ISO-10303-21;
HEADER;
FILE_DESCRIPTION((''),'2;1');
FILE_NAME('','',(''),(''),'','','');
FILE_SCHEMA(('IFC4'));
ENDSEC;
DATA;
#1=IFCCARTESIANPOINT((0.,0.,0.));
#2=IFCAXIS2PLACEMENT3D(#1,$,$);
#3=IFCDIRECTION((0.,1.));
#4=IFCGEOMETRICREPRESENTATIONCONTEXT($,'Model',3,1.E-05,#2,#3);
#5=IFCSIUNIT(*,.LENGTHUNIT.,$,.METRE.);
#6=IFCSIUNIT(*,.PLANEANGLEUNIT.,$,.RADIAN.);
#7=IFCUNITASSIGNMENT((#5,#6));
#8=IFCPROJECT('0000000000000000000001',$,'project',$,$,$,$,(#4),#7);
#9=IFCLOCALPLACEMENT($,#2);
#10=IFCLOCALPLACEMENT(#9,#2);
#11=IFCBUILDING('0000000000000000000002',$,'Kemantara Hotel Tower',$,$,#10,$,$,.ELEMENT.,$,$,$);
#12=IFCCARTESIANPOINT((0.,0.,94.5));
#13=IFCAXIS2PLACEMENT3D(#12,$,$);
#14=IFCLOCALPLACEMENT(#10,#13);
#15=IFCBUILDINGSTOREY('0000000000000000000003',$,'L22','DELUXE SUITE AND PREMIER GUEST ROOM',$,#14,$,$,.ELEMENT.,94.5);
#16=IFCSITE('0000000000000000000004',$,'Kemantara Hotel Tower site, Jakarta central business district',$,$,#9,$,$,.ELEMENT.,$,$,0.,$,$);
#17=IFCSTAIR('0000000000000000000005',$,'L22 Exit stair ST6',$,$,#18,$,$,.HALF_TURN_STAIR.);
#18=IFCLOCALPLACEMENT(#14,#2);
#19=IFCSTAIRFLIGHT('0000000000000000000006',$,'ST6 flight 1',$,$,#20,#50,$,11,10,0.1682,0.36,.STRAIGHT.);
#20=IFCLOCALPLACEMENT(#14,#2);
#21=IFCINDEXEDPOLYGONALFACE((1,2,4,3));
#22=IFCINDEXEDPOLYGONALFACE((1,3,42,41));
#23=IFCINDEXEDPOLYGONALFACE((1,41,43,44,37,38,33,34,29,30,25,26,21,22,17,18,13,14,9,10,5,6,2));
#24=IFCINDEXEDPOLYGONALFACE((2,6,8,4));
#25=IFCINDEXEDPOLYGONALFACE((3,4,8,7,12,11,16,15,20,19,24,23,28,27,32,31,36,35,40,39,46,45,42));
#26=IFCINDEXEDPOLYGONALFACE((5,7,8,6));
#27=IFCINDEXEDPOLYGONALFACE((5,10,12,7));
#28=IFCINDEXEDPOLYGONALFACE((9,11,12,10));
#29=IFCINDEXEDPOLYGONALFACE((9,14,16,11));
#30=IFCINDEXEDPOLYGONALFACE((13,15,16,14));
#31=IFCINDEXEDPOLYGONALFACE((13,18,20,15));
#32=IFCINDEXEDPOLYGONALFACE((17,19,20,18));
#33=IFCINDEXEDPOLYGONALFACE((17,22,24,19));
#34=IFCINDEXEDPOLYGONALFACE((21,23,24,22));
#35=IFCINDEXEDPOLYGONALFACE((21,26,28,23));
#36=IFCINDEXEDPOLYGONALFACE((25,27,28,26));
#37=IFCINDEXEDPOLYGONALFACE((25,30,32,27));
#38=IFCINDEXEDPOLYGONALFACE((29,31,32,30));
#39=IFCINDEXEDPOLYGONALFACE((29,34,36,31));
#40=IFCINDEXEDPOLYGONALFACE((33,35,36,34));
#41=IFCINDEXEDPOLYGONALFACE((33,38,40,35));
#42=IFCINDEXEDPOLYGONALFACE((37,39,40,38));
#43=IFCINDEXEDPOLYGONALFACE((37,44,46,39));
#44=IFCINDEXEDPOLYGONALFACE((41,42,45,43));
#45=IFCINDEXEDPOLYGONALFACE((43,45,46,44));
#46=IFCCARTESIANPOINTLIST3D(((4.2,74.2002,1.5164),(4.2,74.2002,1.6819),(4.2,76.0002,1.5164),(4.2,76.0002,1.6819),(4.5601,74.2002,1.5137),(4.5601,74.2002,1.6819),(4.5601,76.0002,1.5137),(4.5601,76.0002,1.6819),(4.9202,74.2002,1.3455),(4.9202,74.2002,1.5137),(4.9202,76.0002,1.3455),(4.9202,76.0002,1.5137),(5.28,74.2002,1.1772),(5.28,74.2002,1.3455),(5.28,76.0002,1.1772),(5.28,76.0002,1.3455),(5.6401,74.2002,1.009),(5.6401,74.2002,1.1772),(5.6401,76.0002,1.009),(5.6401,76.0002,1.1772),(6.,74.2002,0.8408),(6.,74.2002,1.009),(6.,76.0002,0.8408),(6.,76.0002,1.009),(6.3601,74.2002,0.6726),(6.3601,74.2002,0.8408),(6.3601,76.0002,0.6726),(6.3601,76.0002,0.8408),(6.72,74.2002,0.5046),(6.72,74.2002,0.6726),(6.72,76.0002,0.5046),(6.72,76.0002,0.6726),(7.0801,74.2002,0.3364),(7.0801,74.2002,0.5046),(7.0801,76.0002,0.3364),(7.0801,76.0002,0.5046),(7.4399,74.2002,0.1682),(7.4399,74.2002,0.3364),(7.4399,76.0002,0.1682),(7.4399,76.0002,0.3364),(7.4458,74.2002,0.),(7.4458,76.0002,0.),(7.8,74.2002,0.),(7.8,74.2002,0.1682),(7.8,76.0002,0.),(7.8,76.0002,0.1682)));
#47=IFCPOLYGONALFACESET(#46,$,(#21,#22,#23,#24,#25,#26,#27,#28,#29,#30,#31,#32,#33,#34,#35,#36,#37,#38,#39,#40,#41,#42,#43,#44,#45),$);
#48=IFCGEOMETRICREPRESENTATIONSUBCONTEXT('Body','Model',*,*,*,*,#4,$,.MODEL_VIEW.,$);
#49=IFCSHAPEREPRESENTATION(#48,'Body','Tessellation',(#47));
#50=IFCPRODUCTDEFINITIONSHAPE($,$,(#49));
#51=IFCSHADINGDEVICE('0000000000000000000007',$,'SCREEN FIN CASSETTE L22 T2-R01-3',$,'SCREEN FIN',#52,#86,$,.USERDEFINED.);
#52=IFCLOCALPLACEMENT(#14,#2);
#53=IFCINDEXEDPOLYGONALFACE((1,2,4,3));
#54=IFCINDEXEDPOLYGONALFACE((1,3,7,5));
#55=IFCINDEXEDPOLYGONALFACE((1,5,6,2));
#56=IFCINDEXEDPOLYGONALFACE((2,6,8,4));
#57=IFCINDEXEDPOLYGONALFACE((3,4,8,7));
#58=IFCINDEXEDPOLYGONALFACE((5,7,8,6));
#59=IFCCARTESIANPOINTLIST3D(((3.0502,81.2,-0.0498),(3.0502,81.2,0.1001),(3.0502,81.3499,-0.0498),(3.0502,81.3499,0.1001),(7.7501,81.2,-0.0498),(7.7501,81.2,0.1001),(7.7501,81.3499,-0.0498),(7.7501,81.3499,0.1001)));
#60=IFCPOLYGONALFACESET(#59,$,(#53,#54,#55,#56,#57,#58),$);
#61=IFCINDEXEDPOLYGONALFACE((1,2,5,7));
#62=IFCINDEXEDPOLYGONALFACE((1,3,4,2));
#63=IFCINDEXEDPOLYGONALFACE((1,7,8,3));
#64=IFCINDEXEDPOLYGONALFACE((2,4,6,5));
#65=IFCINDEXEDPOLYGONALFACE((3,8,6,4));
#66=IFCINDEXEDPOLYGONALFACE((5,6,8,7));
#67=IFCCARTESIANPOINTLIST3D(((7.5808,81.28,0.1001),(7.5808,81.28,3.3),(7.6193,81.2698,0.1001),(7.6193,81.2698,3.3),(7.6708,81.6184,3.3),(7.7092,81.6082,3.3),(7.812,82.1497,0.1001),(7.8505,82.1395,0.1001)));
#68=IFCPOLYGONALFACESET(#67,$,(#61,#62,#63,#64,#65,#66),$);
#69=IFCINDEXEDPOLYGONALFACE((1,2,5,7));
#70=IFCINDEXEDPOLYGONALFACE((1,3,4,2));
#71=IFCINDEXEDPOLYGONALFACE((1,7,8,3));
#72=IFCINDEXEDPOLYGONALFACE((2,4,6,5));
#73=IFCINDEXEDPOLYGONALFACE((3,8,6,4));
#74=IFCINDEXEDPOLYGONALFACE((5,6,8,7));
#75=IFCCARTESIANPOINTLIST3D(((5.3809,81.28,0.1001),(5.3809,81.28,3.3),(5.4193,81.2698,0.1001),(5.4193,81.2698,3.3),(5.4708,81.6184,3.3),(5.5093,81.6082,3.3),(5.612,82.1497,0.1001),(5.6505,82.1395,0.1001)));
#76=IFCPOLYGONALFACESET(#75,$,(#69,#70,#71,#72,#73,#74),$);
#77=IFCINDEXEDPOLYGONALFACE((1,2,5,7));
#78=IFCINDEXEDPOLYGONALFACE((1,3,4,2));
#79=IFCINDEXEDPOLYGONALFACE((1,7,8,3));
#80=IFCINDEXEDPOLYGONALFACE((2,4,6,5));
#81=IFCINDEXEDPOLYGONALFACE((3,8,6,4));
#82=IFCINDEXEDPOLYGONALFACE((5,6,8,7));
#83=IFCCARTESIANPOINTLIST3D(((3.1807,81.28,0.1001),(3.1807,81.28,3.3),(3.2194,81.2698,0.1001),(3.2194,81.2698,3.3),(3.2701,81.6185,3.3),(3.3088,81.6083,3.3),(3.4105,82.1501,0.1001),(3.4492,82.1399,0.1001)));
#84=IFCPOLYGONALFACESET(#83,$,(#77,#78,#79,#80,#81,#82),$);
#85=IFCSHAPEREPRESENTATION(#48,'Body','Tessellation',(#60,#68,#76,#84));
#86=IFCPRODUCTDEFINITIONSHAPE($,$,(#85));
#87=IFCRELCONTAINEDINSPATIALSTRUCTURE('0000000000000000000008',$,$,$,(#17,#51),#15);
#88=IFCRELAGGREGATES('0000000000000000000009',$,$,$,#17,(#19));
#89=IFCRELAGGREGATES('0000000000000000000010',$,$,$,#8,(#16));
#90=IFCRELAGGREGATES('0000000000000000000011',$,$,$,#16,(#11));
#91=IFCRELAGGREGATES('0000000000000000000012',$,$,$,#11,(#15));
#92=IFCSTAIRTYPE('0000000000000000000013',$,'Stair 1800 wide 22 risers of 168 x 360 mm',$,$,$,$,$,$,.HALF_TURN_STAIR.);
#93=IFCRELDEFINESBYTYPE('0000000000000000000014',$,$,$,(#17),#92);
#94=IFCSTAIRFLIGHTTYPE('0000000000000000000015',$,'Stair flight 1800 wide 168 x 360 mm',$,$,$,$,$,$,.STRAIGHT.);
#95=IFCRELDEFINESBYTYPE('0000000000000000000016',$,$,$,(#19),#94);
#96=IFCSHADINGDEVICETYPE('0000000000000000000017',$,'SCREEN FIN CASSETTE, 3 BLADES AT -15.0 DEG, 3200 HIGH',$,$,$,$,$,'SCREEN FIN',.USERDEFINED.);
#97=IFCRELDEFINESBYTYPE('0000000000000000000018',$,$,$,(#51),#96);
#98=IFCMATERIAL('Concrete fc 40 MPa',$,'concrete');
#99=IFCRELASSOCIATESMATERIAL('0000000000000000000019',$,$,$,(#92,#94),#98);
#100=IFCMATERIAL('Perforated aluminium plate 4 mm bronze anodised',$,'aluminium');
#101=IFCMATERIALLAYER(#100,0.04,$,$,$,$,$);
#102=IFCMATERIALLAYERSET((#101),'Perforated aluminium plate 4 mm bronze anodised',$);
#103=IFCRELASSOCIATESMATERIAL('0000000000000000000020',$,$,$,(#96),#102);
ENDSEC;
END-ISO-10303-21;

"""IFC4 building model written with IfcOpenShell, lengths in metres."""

from ifc_helpers import new_model, si_unit, direction, frame, origin, origin_2d, place, context, subcontext, project, spatial, polyline, rectangle, outline, extrude, source, transform, mapped, material, layer, layer_set, type_object, element, aggregate, save


model = new_model("IFC4")

# Units and contexts
model_context = context("Model", 3, precision=1e-05, world=origin(), true_north=direction((0.0, 1.0)))
body_context = subcontext(model_context, "Body", "Model", "MODEL_VIEW")
ifc_project = project(units=[si_unit("LENGTHUNIT", "METRE"), si_unit("PLANEANGLEUNIT", "RADIAN")], contexts=[model_context])

# Site, building, storey
site_placement = place(None, origin())
site = spatial("IfcSite", under=ifc_project, at=site_placement, Name="Kemantara Hotel Tower site, Jakarta central business district", CompositionType="ELEMENT", RefElevation=0.0)
building_placement = place(site_placement, origin())
building = spatial("IfcBuilding", under=site, at=building_placement, Name="Kemantara Hotel Tower", CompositionType="ELEMENT")
storey_placement = place(building_placement, frame((0.0, 0.0, 94.5)))
storey = spatial("IfcBuildingStorey", under=building, at=storey_placement, Name="L22", Description="DELUXE SUITE AND PREMIER GUEST ROOM", CompositionType="ELEMENT", Elevation=94.5)

# Stair, stair flight
ifc_material_1 = material(Name="Concrete fc 40 MPa", Category="concrete")
stair_type = type_object("IfcStairType", Name="Stair 1800 wide 22 risers of 168 x 360 mm", PredefinedType="HALF_TURN_STAIR", material=ifc_material_1)
stair_placement = place(storey_placement, origin())
stair = element("IfcStair", 1, at=stair_placement, inside=storey, type_object=stair_type, Name="L22 Exit stair ST6", PredefinedType="HALF_TURN_STAIR")
stair_flight_type = type_object("IfcStairFlightType", Name="Stair flight 1800 wide 168 x 360 mm", PredefinedType="STRAIGHT", material=ifc_material_1)
stair_flight_placement = place(storey_placement, frame((7.8, 75.1001, 0.0), z_axis=(0.0, 0.0, 1.0), x_axis=(-1.0, 0.0, 0.0)))
stair_flight = element("IfcStairFlight", 2, at=stair_flight_placement, type_object=stair_flight_type, Name="ST6 flight 1", NumberOfRisers=11, NumberOfTreads=10, PredefinedType="STRAIGHT", RiserHeight=0.1682, TreadLength=0.36, context=body_context, shape_type="SweptSolid", body=[
    extrude(outline(polyline([(0.0, 0.0), (0.0, 0.1682), (0.3601, 0.1682), (0.3601, 0.3364), (0.72, 0.3364), (0.72, 0.5046), (1.0801, 0.5046), (1.0801, 0.6726), (1.4399, 0.6726), (1.4399, 0.8408), (1.8, 0.8408), (1.8, 1.009), (2.1599, 1.009), (2.1599, 1.1772), (2.52, 1.1772), (2.52, 1.3455), (2.8799, 1.3455), (2.8799, 1.5137), (3.24, 1.5137), (3.24, 1.6819), (3.6001, 1.6819), (3.6001, 1.8501), (3.6001, 1.5164), (0.3542, 0.0), (0.0, 0.0)])), frame((0.0, 0.8999, 0.0), z_axis=(0.0, -1.0, 0.0), x_axis=(1.0, 0.0, 0.0)), (0.0, 0.0, 1.0), 1.8),
])
aggregate(stair, [stair_flight])

# Shading device
ifc_material_2 = material(Name="Perforated aluminium plate 4 mm bronze anodised", Category="aluminium")
ifc_layer_1 = layer(ifc_material_2, 0.04)
ifc_layer_set_1 = layer_set([ifc_layer_1], Name="Perforated aluminium plate 4 mm bronze anodised")
shading_device_type = type_object("IfcShadingDeviceType", Name="SCREEN FIN CASSETTE, 3 BLADES AT -15.0 DEG, 3200 HIGH", ElementType="SCREEN FIN", PredefinedType="USERDEFINED", material=ifc_layer_set_1)
shared_shape_1 = source(origin(), body_context, "Body", "SweptSolid", [
    extrude(rectangle(XDim=4.7, YDim=0.1499, at=origin_2d()), frame((2.2, -0.075, -0.1499), z_axis=(0.0, 0.0, 1.0), x_axis=(1.0, 0.0, 0.0)), (0.0, 0.0, 1.0), 0.1499),
    extrude(outline(polyline([(0.0, 0.0), (0.8999, 0.0), (0.3501, 3.2), (0.0, 3.2), (0.0, 0.0)])), frame((0.0193, -0.0801, 0.0), z_axis=(-0.966438, 0.256901, 0.0), x_axis=(-0.256901, -0.966438, 0.0)), (0.0, 0.0, 1.0), 0.0398),
    extrude(outline(polyline([(0.0, 0.0), (0.8999, 0.0), (0.3501, 3.2), (0.0, 3.2), (0.0, 0.0)])), frame((2.2192, -0.0801, 0.0), z_axis=(-0.966438, 0.256901, 0.0), x_axis=(-0.256901, -0.966438, 0.0)), (0.0, 0.0, 1.0), 0.0398),
    extrude(outline(polyline([(0.0, 0.0), (0.8999, 0.0), (0.3501, 3.2), (0.0, 3.2), (0.0, 0.0)])), frame((4.4194, -0.0801, 0.0), z_axis=(-0.966838, 0.255391, 0.0), x_axis=(-0.255391, -0.966838, 0.0)), (0.0, 0.0, 1.0), 0.04),
])
shading_device_placement = place(storey_placement, frame((7.6001, 81.2, 0.1001), z_axis=(0.0, 0.0, 1.0), x_axis=(-1.0, 0.0, 0.0)))
element("IfcShadingDevice", 3, at=shading_device_placement, inside=storey, type_object=shading_device_type, Name="SCREEN FIN CASSETTE L22 T2-R01-3", ObjectType="SCREEN FIN", PredefinedType="USERDEFINED", context=body_context, shape_type="MappedRepresentation", body=[
    mapped(shared_shape_1, transform((0.0, 0.0, 0.0))),
])

save(model, "model.ifc")
